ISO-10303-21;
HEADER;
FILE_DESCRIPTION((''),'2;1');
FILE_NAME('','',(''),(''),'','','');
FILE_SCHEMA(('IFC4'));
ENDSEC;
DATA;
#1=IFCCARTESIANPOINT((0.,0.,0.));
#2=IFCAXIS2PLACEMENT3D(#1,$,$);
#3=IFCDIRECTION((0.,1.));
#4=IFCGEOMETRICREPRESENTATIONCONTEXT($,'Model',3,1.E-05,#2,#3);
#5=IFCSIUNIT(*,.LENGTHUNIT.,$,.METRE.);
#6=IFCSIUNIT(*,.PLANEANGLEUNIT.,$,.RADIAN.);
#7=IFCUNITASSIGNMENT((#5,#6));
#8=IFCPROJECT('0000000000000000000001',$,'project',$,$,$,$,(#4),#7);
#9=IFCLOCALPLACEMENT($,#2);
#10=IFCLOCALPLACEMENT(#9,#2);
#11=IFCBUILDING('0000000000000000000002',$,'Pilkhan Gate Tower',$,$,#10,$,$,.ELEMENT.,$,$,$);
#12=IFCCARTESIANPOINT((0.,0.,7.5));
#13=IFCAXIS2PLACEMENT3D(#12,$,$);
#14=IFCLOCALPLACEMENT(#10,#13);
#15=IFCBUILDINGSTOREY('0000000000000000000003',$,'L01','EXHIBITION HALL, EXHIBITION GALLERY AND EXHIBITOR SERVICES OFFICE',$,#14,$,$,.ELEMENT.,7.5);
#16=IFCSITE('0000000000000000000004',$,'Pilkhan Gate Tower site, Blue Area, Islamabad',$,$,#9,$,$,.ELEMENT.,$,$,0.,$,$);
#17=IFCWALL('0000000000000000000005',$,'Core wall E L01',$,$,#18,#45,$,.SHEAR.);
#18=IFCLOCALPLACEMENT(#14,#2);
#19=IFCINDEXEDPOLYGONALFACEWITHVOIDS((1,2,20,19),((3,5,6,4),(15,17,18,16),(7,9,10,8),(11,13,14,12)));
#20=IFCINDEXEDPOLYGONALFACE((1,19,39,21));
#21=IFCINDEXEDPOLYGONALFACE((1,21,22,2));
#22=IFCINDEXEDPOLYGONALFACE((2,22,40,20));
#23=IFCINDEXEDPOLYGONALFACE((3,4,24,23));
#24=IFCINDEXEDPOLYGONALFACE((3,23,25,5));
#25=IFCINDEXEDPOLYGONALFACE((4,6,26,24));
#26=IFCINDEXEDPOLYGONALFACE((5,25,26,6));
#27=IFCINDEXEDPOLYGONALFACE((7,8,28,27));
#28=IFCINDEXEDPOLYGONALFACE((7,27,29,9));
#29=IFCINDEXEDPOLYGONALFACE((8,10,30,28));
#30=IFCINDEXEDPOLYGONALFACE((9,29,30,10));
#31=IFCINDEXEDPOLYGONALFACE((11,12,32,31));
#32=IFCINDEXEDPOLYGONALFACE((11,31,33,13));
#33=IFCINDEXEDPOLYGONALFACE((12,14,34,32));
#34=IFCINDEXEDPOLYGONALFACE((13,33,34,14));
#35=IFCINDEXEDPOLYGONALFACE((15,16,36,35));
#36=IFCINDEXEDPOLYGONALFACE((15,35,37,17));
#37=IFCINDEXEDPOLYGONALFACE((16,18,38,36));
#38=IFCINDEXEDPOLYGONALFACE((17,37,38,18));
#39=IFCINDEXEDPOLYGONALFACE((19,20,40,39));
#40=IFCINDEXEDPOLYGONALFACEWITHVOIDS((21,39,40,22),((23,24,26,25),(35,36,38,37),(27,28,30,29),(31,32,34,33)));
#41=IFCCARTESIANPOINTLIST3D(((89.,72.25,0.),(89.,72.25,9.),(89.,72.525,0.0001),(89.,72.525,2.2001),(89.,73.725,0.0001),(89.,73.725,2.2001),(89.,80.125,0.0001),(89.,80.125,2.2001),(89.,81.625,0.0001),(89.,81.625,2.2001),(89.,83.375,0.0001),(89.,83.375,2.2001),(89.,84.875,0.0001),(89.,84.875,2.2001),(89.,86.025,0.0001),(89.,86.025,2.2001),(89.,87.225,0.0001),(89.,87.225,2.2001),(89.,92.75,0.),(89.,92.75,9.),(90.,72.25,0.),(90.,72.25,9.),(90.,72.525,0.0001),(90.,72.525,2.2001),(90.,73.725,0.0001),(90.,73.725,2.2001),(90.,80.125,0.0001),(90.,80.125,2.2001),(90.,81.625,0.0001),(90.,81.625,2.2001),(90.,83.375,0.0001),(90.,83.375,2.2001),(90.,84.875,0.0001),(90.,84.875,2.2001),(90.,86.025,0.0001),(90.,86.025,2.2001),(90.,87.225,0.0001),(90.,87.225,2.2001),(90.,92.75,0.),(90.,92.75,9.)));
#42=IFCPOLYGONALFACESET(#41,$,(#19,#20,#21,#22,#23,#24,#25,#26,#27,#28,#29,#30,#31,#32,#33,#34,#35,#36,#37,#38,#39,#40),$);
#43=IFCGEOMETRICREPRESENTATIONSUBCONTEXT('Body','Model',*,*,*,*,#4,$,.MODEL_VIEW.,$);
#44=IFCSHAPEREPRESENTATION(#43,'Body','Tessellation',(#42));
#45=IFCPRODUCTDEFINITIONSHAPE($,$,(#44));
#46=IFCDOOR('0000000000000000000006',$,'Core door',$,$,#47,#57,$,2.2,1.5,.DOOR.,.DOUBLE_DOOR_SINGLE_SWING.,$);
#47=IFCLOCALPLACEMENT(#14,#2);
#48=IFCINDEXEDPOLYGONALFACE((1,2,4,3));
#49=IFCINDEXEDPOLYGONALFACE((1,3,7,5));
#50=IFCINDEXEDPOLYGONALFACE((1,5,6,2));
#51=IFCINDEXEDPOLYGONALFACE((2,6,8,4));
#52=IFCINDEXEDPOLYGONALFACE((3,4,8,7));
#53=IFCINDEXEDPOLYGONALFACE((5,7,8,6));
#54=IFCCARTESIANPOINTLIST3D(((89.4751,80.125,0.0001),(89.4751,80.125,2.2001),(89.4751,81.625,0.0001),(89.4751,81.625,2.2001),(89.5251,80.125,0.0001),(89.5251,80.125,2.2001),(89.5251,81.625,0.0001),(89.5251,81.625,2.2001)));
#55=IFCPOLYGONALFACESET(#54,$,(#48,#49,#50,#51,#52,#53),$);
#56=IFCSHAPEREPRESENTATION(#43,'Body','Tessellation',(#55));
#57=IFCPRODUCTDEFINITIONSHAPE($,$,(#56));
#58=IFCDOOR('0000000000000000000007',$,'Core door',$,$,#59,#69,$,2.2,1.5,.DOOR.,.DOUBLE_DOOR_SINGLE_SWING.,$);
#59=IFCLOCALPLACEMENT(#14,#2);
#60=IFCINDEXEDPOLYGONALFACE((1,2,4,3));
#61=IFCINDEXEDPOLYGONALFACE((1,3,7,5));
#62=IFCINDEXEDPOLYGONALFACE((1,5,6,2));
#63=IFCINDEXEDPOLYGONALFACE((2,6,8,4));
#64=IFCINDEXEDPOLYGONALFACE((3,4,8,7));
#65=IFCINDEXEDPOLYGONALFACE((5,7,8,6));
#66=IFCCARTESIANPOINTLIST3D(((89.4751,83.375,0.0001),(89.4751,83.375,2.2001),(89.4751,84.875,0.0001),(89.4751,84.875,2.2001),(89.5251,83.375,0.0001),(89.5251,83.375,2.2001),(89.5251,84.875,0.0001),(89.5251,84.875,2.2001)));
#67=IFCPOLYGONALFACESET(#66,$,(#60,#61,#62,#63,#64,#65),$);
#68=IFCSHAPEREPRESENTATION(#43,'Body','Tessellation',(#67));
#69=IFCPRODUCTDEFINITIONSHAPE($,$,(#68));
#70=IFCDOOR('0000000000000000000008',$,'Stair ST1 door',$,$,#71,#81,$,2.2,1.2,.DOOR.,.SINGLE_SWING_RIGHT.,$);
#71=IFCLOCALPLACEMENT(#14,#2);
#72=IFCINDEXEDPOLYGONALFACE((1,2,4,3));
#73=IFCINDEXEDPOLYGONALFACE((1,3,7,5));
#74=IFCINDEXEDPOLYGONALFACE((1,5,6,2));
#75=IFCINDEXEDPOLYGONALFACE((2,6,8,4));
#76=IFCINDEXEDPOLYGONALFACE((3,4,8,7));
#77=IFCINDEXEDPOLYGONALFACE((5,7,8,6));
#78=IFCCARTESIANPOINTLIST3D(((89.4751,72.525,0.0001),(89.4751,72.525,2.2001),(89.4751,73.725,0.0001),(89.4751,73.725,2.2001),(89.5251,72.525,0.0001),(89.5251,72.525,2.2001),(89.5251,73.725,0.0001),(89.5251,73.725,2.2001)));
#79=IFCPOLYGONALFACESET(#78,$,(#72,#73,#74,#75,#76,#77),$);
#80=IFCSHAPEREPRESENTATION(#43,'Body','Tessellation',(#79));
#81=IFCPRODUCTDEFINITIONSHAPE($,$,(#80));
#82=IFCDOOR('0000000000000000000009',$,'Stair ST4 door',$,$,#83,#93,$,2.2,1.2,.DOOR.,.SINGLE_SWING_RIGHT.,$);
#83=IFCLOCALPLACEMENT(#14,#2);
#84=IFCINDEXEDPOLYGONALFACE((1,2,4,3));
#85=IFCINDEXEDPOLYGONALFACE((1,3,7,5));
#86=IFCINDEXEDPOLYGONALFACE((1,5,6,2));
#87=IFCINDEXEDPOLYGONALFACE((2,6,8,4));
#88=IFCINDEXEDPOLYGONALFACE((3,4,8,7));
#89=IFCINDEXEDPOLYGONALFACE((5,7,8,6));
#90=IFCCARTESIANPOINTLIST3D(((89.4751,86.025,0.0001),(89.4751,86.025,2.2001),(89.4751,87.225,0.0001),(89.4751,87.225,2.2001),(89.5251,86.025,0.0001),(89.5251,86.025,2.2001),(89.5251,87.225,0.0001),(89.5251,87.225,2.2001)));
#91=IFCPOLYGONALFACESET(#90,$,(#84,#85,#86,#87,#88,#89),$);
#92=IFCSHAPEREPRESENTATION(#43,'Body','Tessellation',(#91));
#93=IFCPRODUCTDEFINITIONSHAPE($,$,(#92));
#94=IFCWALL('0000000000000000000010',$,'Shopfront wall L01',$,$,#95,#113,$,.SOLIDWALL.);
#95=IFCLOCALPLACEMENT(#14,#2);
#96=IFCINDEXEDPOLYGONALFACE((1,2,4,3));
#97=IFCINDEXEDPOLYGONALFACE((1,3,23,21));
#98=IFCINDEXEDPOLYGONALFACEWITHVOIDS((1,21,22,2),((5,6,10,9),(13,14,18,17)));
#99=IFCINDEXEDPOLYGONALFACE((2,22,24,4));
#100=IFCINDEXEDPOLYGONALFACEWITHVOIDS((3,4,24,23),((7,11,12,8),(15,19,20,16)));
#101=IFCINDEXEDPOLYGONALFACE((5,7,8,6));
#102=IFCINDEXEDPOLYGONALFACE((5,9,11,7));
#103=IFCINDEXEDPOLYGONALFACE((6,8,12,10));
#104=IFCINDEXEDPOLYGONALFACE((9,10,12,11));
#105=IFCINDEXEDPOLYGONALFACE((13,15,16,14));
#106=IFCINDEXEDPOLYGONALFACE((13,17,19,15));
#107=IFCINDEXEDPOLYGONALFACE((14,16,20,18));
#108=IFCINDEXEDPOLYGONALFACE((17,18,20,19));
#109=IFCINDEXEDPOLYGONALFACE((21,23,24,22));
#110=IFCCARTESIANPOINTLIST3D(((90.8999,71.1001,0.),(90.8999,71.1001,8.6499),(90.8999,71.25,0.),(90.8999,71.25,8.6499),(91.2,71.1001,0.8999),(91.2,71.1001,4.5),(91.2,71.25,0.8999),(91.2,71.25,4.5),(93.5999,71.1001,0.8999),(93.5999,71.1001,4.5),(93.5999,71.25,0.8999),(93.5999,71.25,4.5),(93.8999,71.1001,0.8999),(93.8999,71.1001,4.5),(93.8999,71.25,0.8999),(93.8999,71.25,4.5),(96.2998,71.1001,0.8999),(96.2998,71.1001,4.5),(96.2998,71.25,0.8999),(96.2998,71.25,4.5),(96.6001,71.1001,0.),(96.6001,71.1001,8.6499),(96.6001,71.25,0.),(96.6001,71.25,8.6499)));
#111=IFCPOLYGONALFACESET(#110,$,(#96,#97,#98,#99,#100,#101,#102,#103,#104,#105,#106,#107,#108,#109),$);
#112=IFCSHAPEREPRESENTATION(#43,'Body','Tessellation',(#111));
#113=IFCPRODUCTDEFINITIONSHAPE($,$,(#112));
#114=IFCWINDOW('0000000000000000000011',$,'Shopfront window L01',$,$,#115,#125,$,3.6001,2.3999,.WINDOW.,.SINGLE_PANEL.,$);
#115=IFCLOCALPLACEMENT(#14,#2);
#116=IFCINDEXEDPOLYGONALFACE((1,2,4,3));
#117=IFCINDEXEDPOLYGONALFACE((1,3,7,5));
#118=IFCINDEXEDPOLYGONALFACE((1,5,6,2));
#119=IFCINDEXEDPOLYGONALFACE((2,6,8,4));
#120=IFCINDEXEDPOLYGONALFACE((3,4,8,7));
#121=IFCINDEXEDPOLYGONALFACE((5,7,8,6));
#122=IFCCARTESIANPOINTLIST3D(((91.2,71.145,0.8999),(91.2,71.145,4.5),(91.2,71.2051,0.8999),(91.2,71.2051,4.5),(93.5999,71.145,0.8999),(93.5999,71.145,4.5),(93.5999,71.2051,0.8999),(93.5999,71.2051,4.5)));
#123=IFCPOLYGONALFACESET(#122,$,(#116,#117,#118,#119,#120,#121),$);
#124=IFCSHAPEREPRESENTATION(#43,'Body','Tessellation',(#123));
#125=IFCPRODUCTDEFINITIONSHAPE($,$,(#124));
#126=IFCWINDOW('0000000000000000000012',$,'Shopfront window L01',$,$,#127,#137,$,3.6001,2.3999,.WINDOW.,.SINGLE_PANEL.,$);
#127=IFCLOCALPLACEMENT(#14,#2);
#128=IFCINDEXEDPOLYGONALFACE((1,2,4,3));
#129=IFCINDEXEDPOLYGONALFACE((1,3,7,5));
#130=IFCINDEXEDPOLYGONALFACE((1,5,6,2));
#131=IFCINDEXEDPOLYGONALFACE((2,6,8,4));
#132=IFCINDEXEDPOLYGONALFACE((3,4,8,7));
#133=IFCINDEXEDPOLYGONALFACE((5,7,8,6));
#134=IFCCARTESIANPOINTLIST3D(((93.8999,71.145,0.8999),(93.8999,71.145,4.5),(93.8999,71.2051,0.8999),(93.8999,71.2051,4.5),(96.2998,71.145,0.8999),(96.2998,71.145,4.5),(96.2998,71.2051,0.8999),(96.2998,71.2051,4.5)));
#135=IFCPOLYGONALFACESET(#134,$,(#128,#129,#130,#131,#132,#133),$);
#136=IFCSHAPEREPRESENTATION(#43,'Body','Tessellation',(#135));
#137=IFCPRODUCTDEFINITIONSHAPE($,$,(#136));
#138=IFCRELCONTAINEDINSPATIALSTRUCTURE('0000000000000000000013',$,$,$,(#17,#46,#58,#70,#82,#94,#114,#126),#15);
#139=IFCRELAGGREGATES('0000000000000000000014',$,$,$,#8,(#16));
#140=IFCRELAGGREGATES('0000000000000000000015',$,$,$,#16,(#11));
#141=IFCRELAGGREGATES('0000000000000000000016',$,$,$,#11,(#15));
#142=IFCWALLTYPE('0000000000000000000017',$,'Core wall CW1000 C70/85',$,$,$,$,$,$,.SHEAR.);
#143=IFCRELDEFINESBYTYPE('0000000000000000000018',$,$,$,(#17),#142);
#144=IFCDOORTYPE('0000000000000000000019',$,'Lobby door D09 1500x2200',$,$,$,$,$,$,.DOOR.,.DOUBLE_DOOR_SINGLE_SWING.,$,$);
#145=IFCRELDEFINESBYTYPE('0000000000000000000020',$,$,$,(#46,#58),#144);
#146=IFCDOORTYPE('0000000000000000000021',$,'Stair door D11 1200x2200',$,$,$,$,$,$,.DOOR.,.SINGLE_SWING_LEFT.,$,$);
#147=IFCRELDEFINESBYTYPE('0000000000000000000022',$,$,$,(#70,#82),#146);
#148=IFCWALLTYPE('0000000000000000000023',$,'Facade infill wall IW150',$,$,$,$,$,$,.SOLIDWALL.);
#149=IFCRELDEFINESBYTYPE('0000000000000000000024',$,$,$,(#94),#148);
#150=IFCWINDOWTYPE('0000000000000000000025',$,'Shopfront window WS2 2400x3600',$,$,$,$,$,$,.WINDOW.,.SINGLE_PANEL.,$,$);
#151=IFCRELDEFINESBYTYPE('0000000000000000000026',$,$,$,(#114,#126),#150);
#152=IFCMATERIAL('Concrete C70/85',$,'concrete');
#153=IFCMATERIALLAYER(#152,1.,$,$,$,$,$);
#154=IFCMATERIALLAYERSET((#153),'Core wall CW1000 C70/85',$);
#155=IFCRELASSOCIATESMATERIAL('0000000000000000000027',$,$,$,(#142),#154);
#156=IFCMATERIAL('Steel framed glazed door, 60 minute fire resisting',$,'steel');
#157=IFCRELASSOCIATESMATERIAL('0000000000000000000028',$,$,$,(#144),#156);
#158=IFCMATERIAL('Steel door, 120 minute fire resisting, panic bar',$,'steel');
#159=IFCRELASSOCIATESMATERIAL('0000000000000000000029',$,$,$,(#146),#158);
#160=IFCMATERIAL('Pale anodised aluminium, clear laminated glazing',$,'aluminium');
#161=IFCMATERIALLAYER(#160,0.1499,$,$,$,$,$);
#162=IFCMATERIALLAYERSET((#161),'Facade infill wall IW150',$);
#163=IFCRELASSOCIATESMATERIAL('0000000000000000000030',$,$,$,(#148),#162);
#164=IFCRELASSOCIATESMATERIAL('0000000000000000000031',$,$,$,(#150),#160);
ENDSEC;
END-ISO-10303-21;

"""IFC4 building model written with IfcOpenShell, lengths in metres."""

from ifc_helpers import new_model, si_unit, direction, frame, frame_2d, origin, place, context, subcontext, project, spatial, rectangle, extrude, material, layer, layer_set, type_object, element, fill, save


model = new_model("IFC4")

# Units and contexts
model_context = context("Model", 3, precision=1e-05, world=origin(), true_north=direction((0.0, 1.0)))
body_context = subcontext(model_context, "Body", "Model", "MODEL_VIEW")
ifc_project = project(units=[si_unit("LENGTHUNIT", "METRE"), si_unit("PLANEANGLEUNIT", "RADIAN")], contexts=[model_context])

# Site, building, storey
site_placement = place(None, origin())
site = spatial("IfcSite", under=ifc_project, at=site_placement, Name="Pilkhan Gate Tower site, Blue Area, Islamabad", CompositionType="ELEMENT", RefElevation=0.0)
building_placement = place(site_placement, origin())
building = spatial("IfcBuilding", under=site, at=building_placement, Name="Pilkhan Gate Tower", CompositionType="ELEMENT")
storey_placement = place(building_placement, frame((0.0, 0.0, 7.5)))
storey = spatial("IfcBuildingStorey", under=building, at=storey_placement, Name="L01", Description="EXHIBITION HALL, EXHIBITION GALLERY AND EXHIBITOR SERVICES OFFICE", CompositionType="ELEMENT", Elevation=7.5)

# Shared definitions
ifc_material_1 = material(Name="Concrete C70/85", Category="concrete")

# Wall, openings, doors
ifc_layer_1 = layer(ifc_material_1, 1.0)
ifc_layer_set_1 = layer_set([ifc_layer_1], Name="Core wall CW1000 C70/85")
wall_type_1 = type_object("IfcWallType", Name="Core wall CW1000 C70/85", PredefinedType="SHEAR", material=ifc_layer_set_1)
wall_1_placement = place(storey_placement, frame((89.5, 72.25, 0.0), z_axis=(0.0, 0.0, 1.0), x_axis=(0.0, 1.0, 0.0)))
wall_1 = element("IfcWall", 1, at=wall_1_placement, inside=storey, type_object=wall_type_1, Name="Core wall E L01", PredefinedType="SHEAR", context=body_context, shape_type="SweptSolid", body=[
    extrude(rectangle(XDim=20.5, YDim=1.0, at=frame_2d((10.25, 0.0))), origin(), (0.0, 0.0, 1.0), 9.0),
])
opening_1_placement = place(wall_1_placement, frame((0.2749, 0.0, 0.0)))
opening_1 = element("IfcOpeningElement", 2, at=opening_1_placement, cuts=wall_1, PredefinedType="OPENING", context=body_context, shape_type="SweptSolid", body=[
    extrude(rectangle(XDim=1.2, YDim=2.2, at=frame_2d((0.6001, 1.1001))), frame((0.0, 0.51, 0.0), z_axis=(0.0, -1.0, 0.0), x_axis=(1.0, 0.0, 0.0)), (0.0, 0.0, 1.0), 1.02),
])
opening_2_placement = place(wall_1_placement, frame((13.7749, 0.0, 0.0)))
opening_2 = element("IfcOpeningElement", 3, at=opening_2_placement, cuts=wall_1, PredefinedType="OPENING", context=body_context, shape_type="SweptSolid", body=[
    extrude(rectangle(XDim=1.2, YDim=2.2, at=frame_2d((0.6001, 1.1001))), frame((0.0, 0.51, 0.0), z_axis=(0.0, -1.0, 0.0), x_axis=(1.0, 0.0, 0.0)), (0.0, 0.0, 1.0), 1.02),
])
opening_3_placement = place(wall_1_placement, frame((7.875, 0.0, 0.0)))
opening_3 = element("IfcOpeningElement", 4, at=opening_3_placement, cuts=wall_1, PredefinedType="OPENING", context=body_context, shape_type="SweptSolid", body=[
    extrude(rectangle(XDim=1.5, YDim=2.2, at=frame_2d((0.75, 1.1001))), frame((0.0, 0.51, 0.0), z_axis=(0.0, -1.0, 0.0), x_axis=(1.0, 0.0, 0.0)), (0.0, 0.0, 1.0), 1.02),
])
opening_4_placement = place(wall_1_placement, frame((11.125, 0.0, 0.0)))
opening_4 = element("IfcOpeningElement", 5, at=opening_4_placement, cuts=wall_1, PredefinedType="OPENING", context=body_context, shape_type="SweptSolid", body=[
    extrude(rectangle(XDim=1.5, YDim=2.2, at=frame_2d((0.75, 1.1001))), frame((0.0, 0.51, 0.0), z_axis=(0.0, -1.0, 0.0), x_axis=(1.0, 0.0, 0.0)), (0.0, 0.0, 1.0), 1.02),
])
ifc_material_2 = material(Name="Steel framed glazed door, 60 minute fire resisting", Category="steel")
door_type_1 = type_object("IfcDoorType", Name="Lobby door D09 1500x2200", OperationType="DOUBLE_DOOR_SINGLE_SWING", PredefinedType="DOOR", material=ifc_material_2)
door_1_placement = place(opening_3_placement, origin())
door_1 = element("IfcDoor", 6, at=door_1_placement, inside=storey, type_object=door_type_1, Name="Core door", OperationType="DOUBLE_DOOR_SINGLE_SWING", OverallHeight=2.2, OverallWidth=1.5, PredefinedType="DOOR", context=body_context, shape_type="SweptSolid", body=[
    extrude(rectangle(XDim=1.5, YDim=2.2, at=frame_2d((0.75, 1.1001))), frame((0.0, 0.0249, 0.0), z_axis=(0.0, -1.0, 0.0), x_axis=(1.0, 0.0, 0.0)), (0.0, 0.0, 1.0), 0.05),
])
fill(opening_3, door_1)
door_2_placement = place(opening_4_placement, origin())
door_2 = element("IfcDoor", 7, at=door_2_placement, inside=storey, type_object=door_type_1, Name="Core door", OperationType="DOUBLE_DOOR_SINGLE_SWING", OverallHeight=2.2, OverallWidth=1.5, PredefinedType="DOOR", context=body_context, shape_type="SweptSolid", body=[
    extrude(rectangle(XDim=1.5, YDim=2.2, at=frame_2d((0.75, 1.1001))), frame((0.0, 0.0249, 0.0), z_axis=(0.0, -1.0, 0.0), x_axis=(1.0, 0.0, 0.0)), (0.0, 0.0, 1.0), 0.05),
])
fill(opening_4, door_2)
ifc_material_3 = material(Name="Steel door, 120 minute fire resisting, panic bar", Category="steel")
door_type_2 = type_object("IfcDoorType", Name="Stair door D11 1200x2200", OperationType="SINGLE_SWING_LEFT", PredefinedType="DOOR", material=ifc_material_3)
door_3_placement = place(opening_1_placement, origin())
door_3 = element("IfcDoor", 8, at=door_3_placement, inside=storey, type_object=door_type_2, Name="Stair ST1 door", OperationType="SINGLE_SWING_RIGHT", OverallHeight=2.2, OverallWidth=1.2, PredefinedType="DOOR", context=body_context, shape_type="SweptSolid", body=[
    extrude(rectangle(XDim=1.2, YDim=2.2, at=frame_2d((0.6001, 1.1001))), frame((0.0, 0.0249, 0.0), z_axis=(0.0, -1.0, 0.0), x_axis=(1.0, 0.0, 0.0)), (0.0, 0.0, 1.0), 0.05),
])
fill(opening_1, door_3)
door_4_placement = place(opening_2_placement, origin())
door_4 = element("IfcDoor", 9, at=door_4_placement, inside=storey, type_object=door_type_2, Name="Stair ST4 door", OperationType="SINGLE_SWING_RIGHT", OverallHeight=2.2, OverallWidth=1.2, PredefinedType="DOOR", context=body_context, shape_type="SweptSolid", body=[
    extrude(rectangle(XDim=1.2, YDim=2.2, at=frame_2d((0.6001, 1.1001))), frame((0.0, 0.0249, 0.0), z_axis=(0.0, -1.0, 0.0), x_axis=(1.0, 0.0, 0.0)), (0.0, 0.0, 1.0), 0.05),
])
fill(opening_2, door_4)

# Wall, openings, windows
ifc_material_4 = material(Name="Pale anodised aluminium, clear laminated glazing", Category="aluminium")
ifc_layer_2 = layer(ifc_material_4, 0.1499)
ifc_layer_set_2 = layer_set([ifc_layer_2], Name="Facade infill wall IW150")
wall_type_2 = type_object("IfcWallType", Name="Facade infill wall IW150", PredefinedType="SOLIDWALL", material=ifc_layer_set_2)
wall_2_placement = place(storey_placement, frame((90.8999, 71.175, 0.0), z_axis=(0.0, 0.0, 1.0), x_axis=(1.0, 0.0, 0.0)))
wall_2 = element("IfcWall", 10, at=wall_2_placement, inside=storey, type_object=wall_type_2, Name="Shopfront wall L01", PredefinedType="SOLIDWALL", context=body_context, shape_type="SweptSolid", body=[
    extrude(rectangle(XDim=5.7002, YDim=0.1499, at=frame_2d((2.8501, 0.0))), origin(), (0.0, 0.0, 1.0), 8.6499),
])
opening_5_placement = place(wall_2_placement, frame((0.3, 0.0, 0.8999)))
opening_5 = element("IfcOpeningElement", 11, at=opening_5_placement, cuts=wall_2, PredefinedType="OPENING", context=body_context, shape_type="SweptSolid", body=[
    extrude(rectangle(XDim=2.3999, YDim=3.6001, at=frame_2d((1.2, 1.8))), frame((0.0, 0.085, 0.0), z_axis=(0.0, -1.0, 0.0), x_axis=(1.0, 0.0, 0.0)), (0.0, 0.0, 1.0), 0.1699),
])
opening_6_placement = place(wall_2_placement, frame((3.0, 0.0, 0.8999)))
opening_6 = element("IfcOpeningElement", 12, at=opening_6_placement, cuts=wall_2, PredefinedType="OPENING", context=body_context, shape_type="SweptSolid", body=[
    extrude(rectangle(XDim=2.3999, YDim=3.6001, at=frame_2d((1.2, 1.8))), frame((0.0, 0.085, 0.0), z_axis=(0.0, -1.0, 0.0), x_axis=(1.0, 0.0, 0.0)), (0.0, 0.0, 1.0), 0.1699),
])
window_type = type_object("IfcWindowType", Name="Shopfront window WS2 2400x3600", PartitioningType="SINGLE_PANEL", PredefinedType="WINDOW", material=ifc_material_4)
window_1_placement = place(opening_5_placement, origin())
window_1 = element("IfcWindow", 13, at=window_1_placement, inside=storey, type_object=window_type, Name="Shopfront window L01", OverallHeight=3.6001, OverallWidth=2.3999, PartitioningType="SINGLE_PANEL", PredefinedType="WINDOW", context=body_context, shape_type="SweptSolid", body=[
    extrude(rectangle(XDim=2.3999, YDim=3.6001, at=frame_2d((1.2, 1.8))), frame((0.0, 0.03, 0.0), z_axis=(0.0, -1.0, 0.0), x_axis=(1.0, 0.0, 0.0)), (0.0, 0.0, 1.0), 0.0601),
])
fill(opening_5, window_1)
window_2_placement = place(opening_6_placement, origin())
window_2 = element("IfcWindow", 14, at=window_2_placement, inside=storey, type_object=window_type, Name="Shopfront window L01", OverallHeight=3.6001, OverallWidth=2.3999, PartitioningType="SINGLE_PANEL", PredefinedType="WINDOW", context=body_context, shape_type="SweptSolid", body=[
    extrude(rectangle(XDim=2.3999, YDim=3.6001, at=frame_2d((1.2, 1.8))), frame((0.0, 0.03, 0.0), z_axis=(0.0, -1.0, 0.0), x_axis=(1.0, 0.0, 0.0)), (0.0, 0.0, 1.0), 0.0601),
])
fill(opening_6, window_2)

save(model, "model.ifc")
